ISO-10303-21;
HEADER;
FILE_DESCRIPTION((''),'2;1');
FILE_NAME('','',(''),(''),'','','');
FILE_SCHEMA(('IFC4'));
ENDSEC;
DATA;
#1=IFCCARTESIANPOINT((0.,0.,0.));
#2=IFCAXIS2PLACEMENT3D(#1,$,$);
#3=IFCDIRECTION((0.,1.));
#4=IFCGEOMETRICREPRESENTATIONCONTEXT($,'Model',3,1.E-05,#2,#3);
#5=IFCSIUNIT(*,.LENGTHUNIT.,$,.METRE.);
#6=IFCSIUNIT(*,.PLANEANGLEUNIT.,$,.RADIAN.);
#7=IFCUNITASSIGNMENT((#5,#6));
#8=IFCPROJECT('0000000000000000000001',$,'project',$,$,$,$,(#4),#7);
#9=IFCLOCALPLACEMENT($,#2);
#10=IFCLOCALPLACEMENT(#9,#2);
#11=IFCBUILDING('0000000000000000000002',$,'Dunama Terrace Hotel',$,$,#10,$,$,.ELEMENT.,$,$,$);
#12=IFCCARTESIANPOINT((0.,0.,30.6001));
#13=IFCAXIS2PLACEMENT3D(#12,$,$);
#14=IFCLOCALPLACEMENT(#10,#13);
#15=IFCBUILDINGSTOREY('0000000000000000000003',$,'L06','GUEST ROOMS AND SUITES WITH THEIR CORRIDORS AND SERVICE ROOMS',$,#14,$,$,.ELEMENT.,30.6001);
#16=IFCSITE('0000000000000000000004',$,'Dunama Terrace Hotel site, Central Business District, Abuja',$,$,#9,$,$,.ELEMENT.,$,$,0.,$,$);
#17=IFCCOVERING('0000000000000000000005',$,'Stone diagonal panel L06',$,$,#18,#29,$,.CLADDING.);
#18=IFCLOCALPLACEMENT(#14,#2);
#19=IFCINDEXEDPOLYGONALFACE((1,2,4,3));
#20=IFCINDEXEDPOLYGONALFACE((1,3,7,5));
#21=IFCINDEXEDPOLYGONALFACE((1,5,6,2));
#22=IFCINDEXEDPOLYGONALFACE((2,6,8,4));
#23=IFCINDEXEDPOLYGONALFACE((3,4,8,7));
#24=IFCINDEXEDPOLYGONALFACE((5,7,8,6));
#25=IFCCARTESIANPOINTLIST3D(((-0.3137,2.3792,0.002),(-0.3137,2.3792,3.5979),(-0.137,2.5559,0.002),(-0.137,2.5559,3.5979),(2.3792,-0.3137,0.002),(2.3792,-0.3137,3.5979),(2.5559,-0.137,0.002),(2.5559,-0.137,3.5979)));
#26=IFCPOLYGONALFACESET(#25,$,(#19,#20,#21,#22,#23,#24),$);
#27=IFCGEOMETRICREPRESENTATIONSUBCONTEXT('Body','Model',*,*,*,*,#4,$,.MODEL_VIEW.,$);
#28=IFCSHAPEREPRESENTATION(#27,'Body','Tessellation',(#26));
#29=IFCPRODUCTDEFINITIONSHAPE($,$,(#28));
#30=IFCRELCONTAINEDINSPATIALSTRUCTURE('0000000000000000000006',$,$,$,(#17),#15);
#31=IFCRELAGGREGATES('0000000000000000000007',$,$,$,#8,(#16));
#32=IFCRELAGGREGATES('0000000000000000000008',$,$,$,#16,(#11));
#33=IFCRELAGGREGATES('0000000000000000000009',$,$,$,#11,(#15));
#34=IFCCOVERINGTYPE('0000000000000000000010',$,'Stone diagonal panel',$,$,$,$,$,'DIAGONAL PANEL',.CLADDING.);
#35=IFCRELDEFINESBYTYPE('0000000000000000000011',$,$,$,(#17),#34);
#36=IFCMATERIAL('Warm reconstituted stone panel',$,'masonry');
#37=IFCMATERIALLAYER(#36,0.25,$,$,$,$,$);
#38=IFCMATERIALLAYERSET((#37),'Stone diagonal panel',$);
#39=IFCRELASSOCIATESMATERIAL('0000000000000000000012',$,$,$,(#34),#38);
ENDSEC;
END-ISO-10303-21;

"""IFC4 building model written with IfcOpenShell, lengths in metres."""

from ifc_helpers import new_model, si_unit, direction, frame, origin, origin_2d, place, context, subcontext, project, spatial, rectangle, extrude, material, layer, layer_set, type_object, element, save


model = new_model("IFC4")

# Units and contexts
model_context = context("Model", 3, precision=1e-05, world=origin(), true_north=direction((0.0, 1.0)))
body_context = subcontext(model_context, "Body", "Model", "MODEL_VIEW")
ifc_project = project(units=[si_unit("LENGTHUNIT", "METRE"), si_unit("PLANEANGLEUNIT", "RADIAN")], contexts=[model_context])

# Site, building, storey
site_placement = place(None, origin())
site = spatial("IfcSite", under=ifc_project, at=site_placement, Name="Dunama Terrace Hotel site, Central Business District, Abuja", CompositionType="ELEMENT", RefElevation=0.0)
building_placement = place(site_placement, origin())
building = spatial("IfcBuilding", under=site, at=building_placement, Name="Dunama Terrace Hotel", CompositionType="ELEMENT")
storey_placement = place(building_placement, frame((0.0, 0.0, 30.6001)))
storey = spatial("IfcBuildingStorey", under=building, at=storey_placement, Name="L06", Description="GUEST ROOMS AND SUITES WITH THEIR CORRIDORS AND SERVICE ROOMS", CompositionType="ELEMENT", Elevation=30.6001)

# Covering
ifc_material_1 = material(Name="Warm reconstituted stone panel", Category="masonry")
ifc_layer_1 = layer(ifc_material_1, 0.25)
ifc_layer_set_1 = layer_set([ifc_layer_1], Name="Stone diagonal panel")
covering_type = type_object("IfcCoveringType", Name="Stone diagonal panel", ElementType="DIAGONAL PANEL", PredefinedType="CLADDING", material=ifc_layer_set_1)
covering_placement = place(storey_placement, frame((1.1211, 1.1211, 0.002), z_axis=(0.0, 0.0, 1.0), x_axis=(0.707107, -0.707107, 0.0)))
element("IfcCovering", 1, at=covering_placement, inside=storey, type_object=covering_type, Name="Stone diagonal panel L06", PredefinedType="CLADDING", context=body_context, shape_type="SweptSolid", body=[
    extrude(rectangle(XDim=3.8083, YDim=0.25, at=origin_2d()), origin(), (0.0, 0.0, 1.0), 3.5959),
])

save(model, "model.ifc")
